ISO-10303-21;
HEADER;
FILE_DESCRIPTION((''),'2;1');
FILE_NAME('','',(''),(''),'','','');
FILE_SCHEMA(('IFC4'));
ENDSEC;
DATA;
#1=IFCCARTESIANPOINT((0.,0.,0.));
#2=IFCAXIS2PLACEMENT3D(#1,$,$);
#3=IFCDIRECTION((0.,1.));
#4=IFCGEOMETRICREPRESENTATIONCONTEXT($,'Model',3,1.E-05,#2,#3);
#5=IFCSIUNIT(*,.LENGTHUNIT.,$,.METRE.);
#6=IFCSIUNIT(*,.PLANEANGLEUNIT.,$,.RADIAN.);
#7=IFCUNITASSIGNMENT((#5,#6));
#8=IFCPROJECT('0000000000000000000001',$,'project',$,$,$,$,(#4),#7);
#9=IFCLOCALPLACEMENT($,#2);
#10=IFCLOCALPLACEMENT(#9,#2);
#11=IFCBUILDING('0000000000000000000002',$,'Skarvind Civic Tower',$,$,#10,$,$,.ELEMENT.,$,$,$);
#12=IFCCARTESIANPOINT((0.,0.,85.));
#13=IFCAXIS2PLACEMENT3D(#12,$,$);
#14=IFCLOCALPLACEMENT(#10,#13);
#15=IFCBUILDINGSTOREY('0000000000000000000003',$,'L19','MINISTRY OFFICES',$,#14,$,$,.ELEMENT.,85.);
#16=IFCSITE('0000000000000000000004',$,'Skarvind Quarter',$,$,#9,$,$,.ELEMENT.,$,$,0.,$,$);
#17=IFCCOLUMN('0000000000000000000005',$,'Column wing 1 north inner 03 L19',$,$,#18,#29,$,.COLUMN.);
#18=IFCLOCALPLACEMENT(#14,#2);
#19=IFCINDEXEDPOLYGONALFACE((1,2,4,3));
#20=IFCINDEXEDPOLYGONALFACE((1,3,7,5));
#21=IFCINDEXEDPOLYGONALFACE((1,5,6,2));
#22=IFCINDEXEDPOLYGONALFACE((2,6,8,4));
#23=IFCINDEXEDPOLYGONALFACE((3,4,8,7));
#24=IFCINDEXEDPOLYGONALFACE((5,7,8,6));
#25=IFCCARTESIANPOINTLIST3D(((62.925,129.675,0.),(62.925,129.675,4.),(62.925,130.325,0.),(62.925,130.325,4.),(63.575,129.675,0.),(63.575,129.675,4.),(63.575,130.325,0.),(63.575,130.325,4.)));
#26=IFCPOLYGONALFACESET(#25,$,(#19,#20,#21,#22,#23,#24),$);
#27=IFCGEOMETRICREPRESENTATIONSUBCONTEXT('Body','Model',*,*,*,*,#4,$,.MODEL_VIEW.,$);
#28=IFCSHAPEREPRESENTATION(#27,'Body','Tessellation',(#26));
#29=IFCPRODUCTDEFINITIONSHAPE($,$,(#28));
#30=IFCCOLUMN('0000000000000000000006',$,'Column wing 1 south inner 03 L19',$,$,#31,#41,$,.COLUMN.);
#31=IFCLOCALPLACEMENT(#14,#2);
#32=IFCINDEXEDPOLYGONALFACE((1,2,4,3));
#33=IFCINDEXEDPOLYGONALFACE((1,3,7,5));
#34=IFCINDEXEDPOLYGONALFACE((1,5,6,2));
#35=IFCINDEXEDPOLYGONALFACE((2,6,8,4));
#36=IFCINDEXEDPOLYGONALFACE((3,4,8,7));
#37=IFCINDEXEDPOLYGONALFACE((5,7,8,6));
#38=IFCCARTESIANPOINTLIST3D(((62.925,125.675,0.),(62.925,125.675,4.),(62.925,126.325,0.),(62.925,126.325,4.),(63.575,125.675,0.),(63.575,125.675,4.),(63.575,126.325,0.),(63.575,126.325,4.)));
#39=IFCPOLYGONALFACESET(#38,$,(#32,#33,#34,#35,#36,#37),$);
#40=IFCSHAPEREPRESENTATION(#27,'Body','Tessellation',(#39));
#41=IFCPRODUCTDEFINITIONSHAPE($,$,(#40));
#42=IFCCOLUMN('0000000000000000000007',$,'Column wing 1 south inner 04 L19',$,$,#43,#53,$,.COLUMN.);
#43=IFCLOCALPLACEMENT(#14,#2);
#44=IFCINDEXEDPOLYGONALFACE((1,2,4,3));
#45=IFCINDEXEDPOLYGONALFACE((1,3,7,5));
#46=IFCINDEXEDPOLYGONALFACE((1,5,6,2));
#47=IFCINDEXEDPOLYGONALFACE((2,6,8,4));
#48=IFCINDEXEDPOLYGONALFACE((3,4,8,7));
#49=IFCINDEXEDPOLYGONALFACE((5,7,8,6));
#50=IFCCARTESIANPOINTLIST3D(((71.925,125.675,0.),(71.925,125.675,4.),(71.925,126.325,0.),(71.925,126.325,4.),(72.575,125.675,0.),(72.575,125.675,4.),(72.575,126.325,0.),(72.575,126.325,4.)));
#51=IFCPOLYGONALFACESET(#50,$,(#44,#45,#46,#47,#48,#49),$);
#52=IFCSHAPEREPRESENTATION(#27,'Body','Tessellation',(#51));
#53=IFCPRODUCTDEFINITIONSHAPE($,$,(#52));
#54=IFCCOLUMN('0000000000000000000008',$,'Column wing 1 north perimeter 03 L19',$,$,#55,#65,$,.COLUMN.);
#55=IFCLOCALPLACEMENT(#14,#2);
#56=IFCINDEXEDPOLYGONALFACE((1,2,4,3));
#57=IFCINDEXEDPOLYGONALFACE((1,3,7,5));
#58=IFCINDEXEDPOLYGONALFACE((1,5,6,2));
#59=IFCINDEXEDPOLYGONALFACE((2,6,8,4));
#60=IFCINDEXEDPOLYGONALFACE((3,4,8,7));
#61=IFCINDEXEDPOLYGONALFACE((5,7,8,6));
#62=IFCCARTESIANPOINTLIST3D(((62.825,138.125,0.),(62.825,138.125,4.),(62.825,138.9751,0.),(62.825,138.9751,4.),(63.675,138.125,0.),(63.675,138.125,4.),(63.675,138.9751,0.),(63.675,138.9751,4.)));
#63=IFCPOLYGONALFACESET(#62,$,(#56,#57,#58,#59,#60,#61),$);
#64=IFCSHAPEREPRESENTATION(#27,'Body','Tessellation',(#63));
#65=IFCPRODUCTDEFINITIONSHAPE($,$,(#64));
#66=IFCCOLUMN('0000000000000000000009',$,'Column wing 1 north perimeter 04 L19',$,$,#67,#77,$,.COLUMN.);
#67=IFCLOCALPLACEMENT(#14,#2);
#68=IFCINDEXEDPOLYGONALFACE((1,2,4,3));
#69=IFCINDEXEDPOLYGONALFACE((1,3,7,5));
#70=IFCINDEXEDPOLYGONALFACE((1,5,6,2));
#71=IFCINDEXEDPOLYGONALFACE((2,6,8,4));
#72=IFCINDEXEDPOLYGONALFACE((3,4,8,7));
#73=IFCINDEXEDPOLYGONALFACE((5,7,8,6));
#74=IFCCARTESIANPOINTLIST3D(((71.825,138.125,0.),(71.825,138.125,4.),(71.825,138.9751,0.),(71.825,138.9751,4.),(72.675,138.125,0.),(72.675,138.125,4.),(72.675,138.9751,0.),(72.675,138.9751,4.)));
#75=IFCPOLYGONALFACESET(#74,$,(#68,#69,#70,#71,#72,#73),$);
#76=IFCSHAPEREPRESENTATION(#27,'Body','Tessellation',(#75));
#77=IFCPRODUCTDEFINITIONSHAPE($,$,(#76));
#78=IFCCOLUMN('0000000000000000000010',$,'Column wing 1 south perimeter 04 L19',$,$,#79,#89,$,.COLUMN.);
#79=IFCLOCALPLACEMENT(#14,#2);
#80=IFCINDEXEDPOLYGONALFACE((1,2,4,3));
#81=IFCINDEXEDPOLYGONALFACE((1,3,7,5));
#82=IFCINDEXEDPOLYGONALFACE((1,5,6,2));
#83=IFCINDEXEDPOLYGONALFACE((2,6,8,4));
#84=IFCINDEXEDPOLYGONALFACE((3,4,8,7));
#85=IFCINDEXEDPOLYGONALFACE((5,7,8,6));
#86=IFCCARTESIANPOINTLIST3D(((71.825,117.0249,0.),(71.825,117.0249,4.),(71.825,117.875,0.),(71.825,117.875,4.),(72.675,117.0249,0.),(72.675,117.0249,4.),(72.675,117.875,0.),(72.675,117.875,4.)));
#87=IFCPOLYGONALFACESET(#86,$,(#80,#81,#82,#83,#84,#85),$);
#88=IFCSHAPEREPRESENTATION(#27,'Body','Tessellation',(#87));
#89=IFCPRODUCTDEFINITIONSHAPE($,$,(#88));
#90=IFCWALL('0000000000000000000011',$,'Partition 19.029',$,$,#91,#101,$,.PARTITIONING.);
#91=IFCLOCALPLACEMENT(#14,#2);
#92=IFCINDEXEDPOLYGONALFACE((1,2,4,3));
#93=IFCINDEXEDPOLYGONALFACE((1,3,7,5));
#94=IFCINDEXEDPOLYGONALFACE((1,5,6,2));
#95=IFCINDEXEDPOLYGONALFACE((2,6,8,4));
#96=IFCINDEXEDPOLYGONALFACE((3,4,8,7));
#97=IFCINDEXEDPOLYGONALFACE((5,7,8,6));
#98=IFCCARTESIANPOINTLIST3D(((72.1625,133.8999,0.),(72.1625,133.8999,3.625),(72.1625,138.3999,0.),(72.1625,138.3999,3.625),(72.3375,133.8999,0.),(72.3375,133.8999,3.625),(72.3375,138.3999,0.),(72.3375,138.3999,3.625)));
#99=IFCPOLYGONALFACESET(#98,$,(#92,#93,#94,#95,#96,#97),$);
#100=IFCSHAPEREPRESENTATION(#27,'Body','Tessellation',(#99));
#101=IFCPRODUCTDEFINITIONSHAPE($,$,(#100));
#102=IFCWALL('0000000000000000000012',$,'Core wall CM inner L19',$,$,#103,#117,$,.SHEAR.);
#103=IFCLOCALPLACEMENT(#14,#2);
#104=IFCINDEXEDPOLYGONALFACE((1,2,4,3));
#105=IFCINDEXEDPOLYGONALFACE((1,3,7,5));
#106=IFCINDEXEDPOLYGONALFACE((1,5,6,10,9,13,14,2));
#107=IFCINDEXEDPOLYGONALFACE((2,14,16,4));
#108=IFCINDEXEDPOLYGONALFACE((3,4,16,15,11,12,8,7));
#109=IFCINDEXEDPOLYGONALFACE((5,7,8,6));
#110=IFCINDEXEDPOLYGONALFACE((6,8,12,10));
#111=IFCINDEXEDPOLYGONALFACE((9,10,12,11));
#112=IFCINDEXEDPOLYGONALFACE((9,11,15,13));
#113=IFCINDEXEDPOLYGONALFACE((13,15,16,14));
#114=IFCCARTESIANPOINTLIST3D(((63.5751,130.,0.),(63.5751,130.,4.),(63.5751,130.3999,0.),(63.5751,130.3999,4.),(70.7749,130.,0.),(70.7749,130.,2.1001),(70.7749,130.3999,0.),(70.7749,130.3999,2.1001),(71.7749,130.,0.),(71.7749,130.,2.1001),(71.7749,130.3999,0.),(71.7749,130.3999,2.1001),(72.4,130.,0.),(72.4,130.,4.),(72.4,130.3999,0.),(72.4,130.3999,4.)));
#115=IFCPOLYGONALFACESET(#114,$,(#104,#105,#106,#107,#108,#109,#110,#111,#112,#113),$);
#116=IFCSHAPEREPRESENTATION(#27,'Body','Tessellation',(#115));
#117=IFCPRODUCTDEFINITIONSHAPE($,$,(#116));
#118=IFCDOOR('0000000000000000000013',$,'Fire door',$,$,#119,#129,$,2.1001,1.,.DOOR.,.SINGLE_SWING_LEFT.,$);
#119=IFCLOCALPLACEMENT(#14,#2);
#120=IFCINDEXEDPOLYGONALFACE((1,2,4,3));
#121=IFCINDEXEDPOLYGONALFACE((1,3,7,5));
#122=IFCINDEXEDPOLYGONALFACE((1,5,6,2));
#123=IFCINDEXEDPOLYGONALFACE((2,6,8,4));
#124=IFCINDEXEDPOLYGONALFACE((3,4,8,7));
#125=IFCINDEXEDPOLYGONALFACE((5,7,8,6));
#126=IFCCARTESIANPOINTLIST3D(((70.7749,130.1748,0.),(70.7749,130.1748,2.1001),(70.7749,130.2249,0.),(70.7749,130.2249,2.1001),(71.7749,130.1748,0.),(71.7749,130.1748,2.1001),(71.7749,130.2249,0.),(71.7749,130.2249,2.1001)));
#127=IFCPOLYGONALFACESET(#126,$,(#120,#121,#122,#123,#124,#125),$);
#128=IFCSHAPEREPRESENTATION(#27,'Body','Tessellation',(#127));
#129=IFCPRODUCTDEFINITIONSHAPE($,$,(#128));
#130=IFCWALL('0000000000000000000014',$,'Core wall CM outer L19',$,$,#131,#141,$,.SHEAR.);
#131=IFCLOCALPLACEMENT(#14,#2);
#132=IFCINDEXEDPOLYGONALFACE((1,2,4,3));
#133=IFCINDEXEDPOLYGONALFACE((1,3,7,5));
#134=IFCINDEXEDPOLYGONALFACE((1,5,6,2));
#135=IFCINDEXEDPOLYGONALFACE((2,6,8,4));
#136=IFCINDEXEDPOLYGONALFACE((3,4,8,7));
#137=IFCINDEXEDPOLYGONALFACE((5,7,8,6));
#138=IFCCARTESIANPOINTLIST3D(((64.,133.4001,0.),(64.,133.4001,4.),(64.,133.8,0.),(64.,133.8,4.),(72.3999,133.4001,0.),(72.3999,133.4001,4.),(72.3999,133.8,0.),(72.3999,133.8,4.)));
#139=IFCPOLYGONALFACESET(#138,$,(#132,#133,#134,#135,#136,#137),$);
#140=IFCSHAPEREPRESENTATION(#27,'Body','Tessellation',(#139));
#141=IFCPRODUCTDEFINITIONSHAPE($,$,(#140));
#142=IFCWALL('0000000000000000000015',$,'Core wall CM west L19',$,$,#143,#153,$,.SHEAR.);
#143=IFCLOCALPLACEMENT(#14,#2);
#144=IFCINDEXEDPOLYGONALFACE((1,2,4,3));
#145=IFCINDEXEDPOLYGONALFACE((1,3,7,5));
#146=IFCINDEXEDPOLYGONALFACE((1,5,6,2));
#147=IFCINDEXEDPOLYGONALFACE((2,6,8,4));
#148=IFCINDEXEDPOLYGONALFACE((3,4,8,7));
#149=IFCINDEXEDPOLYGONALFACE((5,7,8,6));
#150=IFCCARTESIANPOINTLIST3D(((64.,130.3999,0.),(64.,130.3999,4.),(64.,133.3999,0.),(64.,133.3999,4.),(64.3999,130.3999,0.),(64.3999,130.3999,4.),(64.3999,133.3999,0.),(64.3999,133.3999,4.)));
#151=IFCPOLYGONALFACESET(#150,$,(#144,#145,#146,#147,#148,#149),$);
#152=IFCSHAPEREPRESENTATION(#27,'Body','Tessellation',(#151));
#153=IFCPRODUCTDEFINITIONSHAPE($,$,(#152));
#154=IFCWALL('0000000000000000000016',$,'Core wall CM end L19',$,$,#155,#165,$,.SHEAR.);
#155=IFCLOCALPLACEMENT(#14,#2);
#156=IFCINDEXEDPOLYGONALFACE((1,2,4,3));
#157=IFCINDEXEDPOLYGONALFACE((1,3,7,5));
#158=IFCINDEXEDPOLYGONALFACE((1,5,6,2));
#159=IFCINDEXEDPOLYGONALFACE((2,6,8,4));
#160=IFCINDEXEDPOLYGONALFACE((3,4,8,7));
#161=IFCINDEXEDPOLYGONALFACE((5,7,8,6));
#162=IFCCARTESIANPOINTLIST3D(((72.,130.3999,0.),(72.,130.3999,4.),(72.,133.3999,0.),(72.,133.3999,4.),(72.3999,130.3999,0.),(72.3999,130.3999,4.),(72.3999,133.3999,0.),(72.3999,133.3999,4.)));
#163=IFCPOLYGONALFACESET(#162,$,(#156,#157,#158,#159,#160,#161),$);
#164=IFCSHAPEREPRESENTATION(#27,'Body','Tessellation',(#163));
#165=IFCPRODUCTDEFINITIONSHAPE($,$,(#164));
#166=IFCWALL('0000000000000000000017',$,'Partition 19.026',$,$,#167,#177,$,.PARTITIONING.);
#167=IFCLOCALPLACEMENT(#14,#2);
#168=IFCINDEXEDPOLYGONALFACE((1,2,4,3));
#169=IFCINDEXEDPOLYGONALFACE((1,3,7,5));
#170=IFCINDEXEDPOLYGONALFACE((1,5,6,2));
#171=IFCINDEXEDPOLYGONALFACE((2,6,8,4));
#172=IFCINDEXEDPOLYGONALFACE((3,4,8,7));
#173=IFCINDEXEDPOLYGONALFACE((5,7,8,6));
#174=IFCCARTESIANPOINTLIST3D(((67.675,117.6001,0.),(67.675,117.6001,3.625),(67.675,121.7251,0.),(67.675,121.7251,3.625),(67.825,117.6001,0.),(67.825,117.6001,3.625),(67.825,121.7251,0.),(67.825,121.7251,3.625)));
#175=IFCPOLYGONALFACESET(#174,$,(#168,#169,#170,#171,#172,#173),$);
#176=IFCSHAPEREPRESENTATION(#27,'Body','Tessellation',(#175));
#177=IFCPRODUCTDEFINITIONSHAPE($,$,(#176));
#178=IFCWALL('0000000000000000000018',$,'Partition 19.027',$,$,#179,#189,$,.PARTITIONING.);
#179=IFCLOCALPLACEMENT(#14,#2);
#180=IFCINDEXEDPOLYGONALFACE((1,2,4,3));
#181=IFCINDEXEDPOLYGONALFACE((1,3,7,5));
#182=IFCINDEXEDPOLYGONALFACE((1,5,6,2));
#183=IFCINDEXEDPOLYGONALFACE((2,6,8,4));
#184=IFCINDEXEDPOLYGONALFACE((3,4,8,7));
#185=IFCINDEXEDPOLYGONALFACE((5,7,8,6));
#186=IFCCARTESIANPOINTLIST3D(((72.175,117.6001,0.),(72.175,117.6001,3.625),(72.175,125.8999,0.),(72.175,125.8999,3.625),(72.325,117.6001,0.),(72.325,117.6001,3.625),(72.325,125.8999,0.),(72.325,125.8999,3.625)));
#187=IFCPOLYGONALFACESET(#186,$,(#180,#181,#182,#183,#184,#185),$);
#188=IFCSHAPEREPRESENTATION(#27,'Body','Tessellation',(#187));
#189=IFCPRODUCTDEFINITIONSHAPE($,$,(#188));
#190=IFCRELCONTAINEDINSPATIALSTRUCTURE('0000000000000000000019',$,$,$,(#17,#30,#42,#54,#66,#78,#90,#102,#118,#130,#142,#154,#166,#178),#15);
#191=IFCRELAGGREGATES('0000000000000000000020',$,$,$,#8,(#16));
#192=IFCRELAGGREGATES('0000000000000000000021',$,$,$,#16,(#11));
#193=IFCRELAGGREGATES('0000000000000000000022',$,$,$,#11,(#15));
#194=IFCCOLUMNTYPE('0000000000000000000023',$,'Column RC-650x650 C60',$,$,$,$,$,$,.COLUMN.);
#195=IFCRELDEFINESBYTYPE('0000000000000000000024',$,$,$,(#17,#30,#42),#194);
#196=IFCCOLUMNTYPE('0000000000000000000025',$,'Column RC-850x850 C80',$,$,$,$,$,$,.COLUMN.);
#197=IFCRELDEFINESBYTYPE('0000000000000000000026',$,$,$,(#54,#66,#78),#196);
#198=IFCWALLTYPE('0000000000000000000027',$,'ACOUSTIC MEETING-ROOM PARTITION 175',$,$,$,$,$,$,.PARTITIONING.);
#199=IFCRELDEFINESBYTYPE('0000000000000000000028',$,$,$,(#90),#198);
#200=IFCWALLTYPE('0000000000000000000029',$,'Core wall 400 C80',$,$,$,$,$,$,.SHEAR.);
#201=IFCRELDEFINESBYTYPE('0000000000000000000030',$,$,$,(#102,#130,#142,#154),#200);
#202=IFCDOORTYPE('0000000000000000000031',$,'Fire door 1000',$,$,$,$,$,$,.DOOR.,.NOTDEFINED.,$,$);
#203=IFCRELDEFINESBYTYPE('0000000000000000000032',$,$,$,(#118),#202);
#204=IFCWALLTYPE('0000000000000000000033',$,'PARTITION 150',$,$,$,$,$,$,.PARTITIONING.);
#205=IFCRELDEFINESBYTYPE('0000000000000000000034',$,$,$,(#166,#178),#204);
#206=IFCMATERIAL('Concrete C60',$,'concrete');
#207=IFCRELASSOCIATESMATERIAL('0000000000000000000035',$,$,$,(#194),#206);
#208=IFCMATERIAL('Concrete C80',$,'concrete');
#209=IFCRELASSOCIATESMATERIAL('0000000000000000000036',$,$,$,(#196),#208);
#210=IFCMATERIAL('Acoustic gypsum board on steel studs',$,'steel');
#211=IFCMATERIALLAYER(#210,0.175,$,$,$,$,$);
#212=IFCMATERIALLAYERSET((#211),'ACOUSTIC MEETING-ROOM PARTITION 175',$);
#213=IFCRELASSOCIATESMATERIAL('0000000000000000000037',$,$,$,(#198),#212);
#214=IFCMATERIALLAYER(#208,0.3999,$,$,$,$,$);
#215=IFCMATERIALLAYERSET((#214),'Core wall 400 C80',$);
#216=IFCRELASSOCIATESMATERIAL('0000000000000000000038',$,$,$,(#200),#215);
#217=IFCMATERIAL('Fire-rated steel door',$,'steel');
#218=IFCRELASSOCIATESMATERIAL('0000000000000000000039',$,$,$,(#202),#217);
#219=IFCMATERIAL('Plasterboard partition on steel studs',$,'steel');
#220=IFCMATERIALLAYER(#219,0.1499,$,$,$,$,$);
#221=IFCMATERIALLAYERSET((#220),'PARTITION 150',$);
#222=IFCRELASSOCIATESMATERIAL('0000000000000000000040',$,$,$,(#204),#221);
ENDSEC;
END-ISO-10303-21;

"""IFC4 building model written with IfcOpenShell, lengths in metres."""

from ifc_helpers import new_model, si_unit, direction, frame, frame_2d, origin, origin_2d, place, context, subcontext, project, spatial, rectangle, extrude, material, layer, layer_set, material_profile, profile_set, type_object, element, fill, save


model = new_model("IFC4")

# Units and contexts
model_context = context("Model", 3, precision=1e-05, world=origin(), true_north=direction((0.0, 1.0)))
body_context = subcontext(model_context, "Body", "Model", "MODEL_VIEW")
ifc_project = project(units=[si_unit("LENGTHUNIT", "METRE"), si_unit("PLANEANGLEUNIT", "RADIAN")], contexts=[model_context])

# Site, building, storey
site_placement = place(None, origin())
site = spatial("IfcSite", under=ifc_project, at=site_placement, Name="Skarvind Quarter", CompositionType="ELEMENT", RefElevation=0.0)
building_placement = place(site_placement, origin())
building = spatial("IfcBuilding", under=site, at=building_placement, Name="Skarvind Civic Tower", CompositionType="ELEMENT")
storey_placement = place(building_placement, frame((0.0, 0.0, 85.0)))
storey = spatial("IfcBuildingStorey", under=building, at=storey_placement, Name="L19", Description="MINISTRY OFFICES", CompositionType="ELEMENT", Elevation=85.0)

# Columns
ifc_material_1 = material(Name="Concrete C60", Category="concrete")
ifc_material_profile_1 = material_profile(ifc_material_1, rectangle(XDim=0.6499, YDim=0.6499, at=origin_2d()), Name="RC-650x650")
ifc_profile_set_1 = profile_set([ifc_material_profile_1], Name="Concrete C60")
column_type_1 = type_object("IfcColumnType", Name="Column RC-650x650 C60", PredefinedType="COLUMN", material=ifc_profile_set_1)
for number, where, z_axis, x_axis, name in (
    (1, (63.25, 130.0, 0.0), (0.0, 0.0, 1.0), (1.0, 0.0, 0.0), "Column wing 1 north inner 03 L19"),
    (2, (63.25, 126.0, 0.0), (0.0, 0.0, 1.0), (1.0, 0.0, 0.0), "Column wing 1 south inner 03 L19"),
    (3, (72.25, 126.0, 0.0), (0.0, 0.0, 1.0), (1.0, 0.0, 0.0), "Column wing 1 south inner 04 L19"),
):
    element("IfcColumn", number, at=place(storey_placement, frame(where, z_axis=z_axis, x_axis=x_axis)), inside=storey, type_object=column_type_1, Name=name, PredefinedType="COLUMN", context=body_context, shape_type="SweptSolid", body=[
        extrude(rectangle(XDim=0.6499, YDim=0.6499, at=origin_2d()), origin(), (0.0, 0.0, 1.0), 4.0),
    ])
ifc_material_2 = material(Name="Concrete C80", Category="concrete")
ifc_material_profile_2 = material_profile(ifc_material_2, rectangle(XDim=0.8501, YDim=0.8501, at=origin_2d()), Name="RC-850x850")
ifc_profile_set_2 = profile_set([ifc_material_profile_2], Name="Concrete C80")
column_type_2 = type_object("IfcColumnType", Name="Column RC-850x850 C80", PredefinedType="COLUMN", material=ifc_profile_set_2)
for number, where, z_axis, x_axis, name in (
    (4, (63.25, 138.55, 0.0), (0.0, 0.0, 1.0), (1.0, 0.0, 0.0), "Column wing 1 north perimeter 03 L19"),
    (5, (72.25, 138.55, 0.0), (0.0, 0.0, 1.0), (1.0, 0.0, 0.0), "Column wing 1 north perimeter 04 L19"),
    (6, (72.25, 117.45, 0.0), (0.0, 0.0, 1.0), (1.0, 0.0, 0.0), "Column wing 1 south perimeter 04 L19"),
):
    element("IfcColumn", number, at=place(storey_placement, frame(where, z_axis=z_axis, x_axis=x_axis)), inside=storey, type_object=column_type_2, Name=name, PredefinedType="COLUMN", context=body_context, shape_type="SweptSolid", body=[
        extrude(rectangle(XDim=0.8501, YDim=0.8501, at=origin_2d()), origin(), (0.0, 0.0, 1.0), 4.0),
    ])

# Wall
ifc_material_3 = material(Name="Acoustic gypsum board on steel studs", Category="steel")
ifc_layer_1 = layer(ifc_material_3, 0.175)
ifc_layer_set_1 = layer_set([ifc_layer_1], Name="ACOUSTIC MEETING-ROOM PARTITION 175")
wall_type_1 = type_object("IfcWallType", Name="ACOUSTIC MEETING-ROOM PARTITION 175", PredefinedType="PARTITIONING", material=ifc_layer_set_1)
wall_1_placement = place(storey_placement, frame((72.25, 133.8999, 0.0), z_axis=(0.0, 0.0, 1.0), x_axis=(0.0, 1.0, 0.0)))
element("IfcWall", 7, at=wall_1_placement, inside=storey, type_object=wall_type_1, Name="Partition 19.029", PredefinedType="PARTITIONING", context=body_context, shape_type="SweptSolid", body=[
    extrude(rectangle(XDim=4.5, YDim=0.175, at=frame_2d((2.25, 0.0))), origin(), (0.0, 0.0, 1.0), 3.625),
])

# Wall, opening, door
ifc_layer_2 = layer(ifc_material_2, 0.3999)
ifc_layer_set_2 = layer_set([ifc_layer_2], Name="Core wall 400 C80")
wall_type_2 = type_object("IfcWallType", Name="Core wall 400 C80", PredefinedType="SHEAR", material=ifc_layer_set_2)
wall_2_placement = place(storey_placement, frame((63.575, 130.2, 0.0), z_axis=(0.0, 0.0, 1.0), x_axis=(1.0, 0.0, 0.0)))
wall_2 = element("IfcWall", 8, at=wall_2_placement, inside=storey, type_object=wall_type_2, Name="Core wall CM inner L19", PredefinedType="SHEAR", context=body_context, shape_type="SweptSolid", body=[
    extrude(rectangle(XDim=8.825, YDim=0.3999, at=frame_2d((4.4126, 0.0))), origin(), (0.0, 0.0, 1.0), 4.0),
])
opening_1_placement = place(wall_2_placement, frame((7.2, 0.0, 0.0)))
opening_1 = element("IfcOpeningElement", 9, at=opening_1_placement, cuts=wall_2, PredefinedType="OPENING", context=body_context, shape_type="SweptSolid", body=[
    extrude(rectangle(XDim=1.0, YDim=2.1001, at=frame_2d((0.5, 1.05))), frame((0.0, 0.21, 0.0), z_axis=(0.0, -1.0, 0.0), x_axis=(1.0, 0.0, 0.0)), (0.0, 0.0, 1.0), 0.4199),
])
ifc_material_4 = material(Name="Fire-rated steel door", Category="steel")
door_type_1 = type_object("IfcDoorType", Name="Fire door 1000", OperationType="NOTDEFINED", PredefinedType="DOOR", material=ifc_material_4)
door_1_placement = place(opening_1_placement, origin())
door_1 = element("IfcDoor", 10, at=door_1_placement, inside=storey, type_object=door_type_1, Name="Fire door", OperationType="SINGLE_SWING_LEFT", OverallHeight=2.1001, OverallWidth=1.0, PredefinedType="DOOR", context=body_context, shape_type="SweptSolid", body=[
    extrude(rectangle(XDim=1.0, YDim=2.1001, at=frame_2d((0.5, 1.05))), frame((0.0, 0.0249, 0.0), z_axis=(0.0, -1.0, 0.0), x_axis=(1.0, 0.0, 0.0)), (0.0, 0.0, 1.0), 0.05),
])
fill(opening_1, door_1)

# Walls
wall_3_placement = place(storey_placement, frame((64.0, 133.6001, 0.0), z_axis=(0.0, 0.0, 1.0), x_axis=(1.0, 0.0, 0.0)))
element("IfcWall", 11, at=wall_3_placement, inside=storey, type_object=wall_type_2, Name="Core wall CM outer L19", PredefinedType="SHEAR", context=body_context, shape_type="SweptSolid", body=[
    extrude(rectangle(XDim=8.3999, YDim=0.3999, at=frame_2d((4.2, 0.0))), origin(), (0.0, 0.0, 1.0), 4.0),
])
for number, where, z_axis, x_axis, name in (
    (12, (64.2, 130.3999, 0.0), (0.0, 0.0, 1.0), (0.0, 1.0, 0.0), "Core wall CM west L19"),
    (13, (72.2, 130.3999, 0.0), (0.0, 0.0, 1.0), (0.0, 1.0, 0.0), "Core wall CM end L19"),
):
    element("IfcWall", number, at=place(storey_placement, frame(where, z_axis=z_axis, x_axis=x_axis)), inside=storey, type_object=wall_type_2, Name=name, PredefinedType="SHEAR", context=body_context, shape_type="SweptSolid", body=[
        extrude(rectangle(XDim=3.0, YDim=0.3999, at=frame_2d((1.5, 0.0))), origin(), (0.0, 0.0, 1.0), 4.0),
    ])
ifc_material_5 = material(Name="Plasterboard partition on steel studs", Category="steel")
ifc_layer_3 = layer(ifc_material_5, 0.1499)
ifc_layer_set_3 = layer_set([ifc_layer_3], Name="PARTITION 150")
wall_type_3 = type_object("IfcWallType", Name="PARTITION 150", PredefinedType="PARTITIONING", material=ifc_layer_set_3)
wall_4_placement = place(storey_placement, frame((67.75, 117.6001, 0.0), z_axis=(0.0, 0.0, 1.0), x_axis=(0.0, 1.0, 0.0)))
element("IfcWall", 14, at=wall_4_placement, inside=storey, type_object=wall_type_3, Name="Partition 19.026", PredefinedType="PARTITIONING", context=body_context, shape_type="SweptSolid", body=[
    extrude(rectangle(XDim=4.125, YDim=0.1499, at=frame_2d((2.0625, 0.0))), origin(), (0.0, 0.0, 1.0), 3.625),
])
wall_5_placement = place(storey_placement, frame((72.25, 117.6001, 0.0), z_axis=(0.0, 0.0, 1.0), x_axis=(0.0, 1.0, 0.0)))
element("IfcWall", 15, at=wall_5_placement, inside=storey, type_object=wall_type_3, Name="Partition 19.027", PredefinedType="PARTITIONING", context=body_context, shape_type="SweptSolid", body=[
    extrude(rectangle(XDim=8.2998, YDim=0.1499, at=frame_2d((4.1499, 0.0))), origin(), (0.0, 0.0, 1.0), 3.625),
])

save(model, "model.ifc")
